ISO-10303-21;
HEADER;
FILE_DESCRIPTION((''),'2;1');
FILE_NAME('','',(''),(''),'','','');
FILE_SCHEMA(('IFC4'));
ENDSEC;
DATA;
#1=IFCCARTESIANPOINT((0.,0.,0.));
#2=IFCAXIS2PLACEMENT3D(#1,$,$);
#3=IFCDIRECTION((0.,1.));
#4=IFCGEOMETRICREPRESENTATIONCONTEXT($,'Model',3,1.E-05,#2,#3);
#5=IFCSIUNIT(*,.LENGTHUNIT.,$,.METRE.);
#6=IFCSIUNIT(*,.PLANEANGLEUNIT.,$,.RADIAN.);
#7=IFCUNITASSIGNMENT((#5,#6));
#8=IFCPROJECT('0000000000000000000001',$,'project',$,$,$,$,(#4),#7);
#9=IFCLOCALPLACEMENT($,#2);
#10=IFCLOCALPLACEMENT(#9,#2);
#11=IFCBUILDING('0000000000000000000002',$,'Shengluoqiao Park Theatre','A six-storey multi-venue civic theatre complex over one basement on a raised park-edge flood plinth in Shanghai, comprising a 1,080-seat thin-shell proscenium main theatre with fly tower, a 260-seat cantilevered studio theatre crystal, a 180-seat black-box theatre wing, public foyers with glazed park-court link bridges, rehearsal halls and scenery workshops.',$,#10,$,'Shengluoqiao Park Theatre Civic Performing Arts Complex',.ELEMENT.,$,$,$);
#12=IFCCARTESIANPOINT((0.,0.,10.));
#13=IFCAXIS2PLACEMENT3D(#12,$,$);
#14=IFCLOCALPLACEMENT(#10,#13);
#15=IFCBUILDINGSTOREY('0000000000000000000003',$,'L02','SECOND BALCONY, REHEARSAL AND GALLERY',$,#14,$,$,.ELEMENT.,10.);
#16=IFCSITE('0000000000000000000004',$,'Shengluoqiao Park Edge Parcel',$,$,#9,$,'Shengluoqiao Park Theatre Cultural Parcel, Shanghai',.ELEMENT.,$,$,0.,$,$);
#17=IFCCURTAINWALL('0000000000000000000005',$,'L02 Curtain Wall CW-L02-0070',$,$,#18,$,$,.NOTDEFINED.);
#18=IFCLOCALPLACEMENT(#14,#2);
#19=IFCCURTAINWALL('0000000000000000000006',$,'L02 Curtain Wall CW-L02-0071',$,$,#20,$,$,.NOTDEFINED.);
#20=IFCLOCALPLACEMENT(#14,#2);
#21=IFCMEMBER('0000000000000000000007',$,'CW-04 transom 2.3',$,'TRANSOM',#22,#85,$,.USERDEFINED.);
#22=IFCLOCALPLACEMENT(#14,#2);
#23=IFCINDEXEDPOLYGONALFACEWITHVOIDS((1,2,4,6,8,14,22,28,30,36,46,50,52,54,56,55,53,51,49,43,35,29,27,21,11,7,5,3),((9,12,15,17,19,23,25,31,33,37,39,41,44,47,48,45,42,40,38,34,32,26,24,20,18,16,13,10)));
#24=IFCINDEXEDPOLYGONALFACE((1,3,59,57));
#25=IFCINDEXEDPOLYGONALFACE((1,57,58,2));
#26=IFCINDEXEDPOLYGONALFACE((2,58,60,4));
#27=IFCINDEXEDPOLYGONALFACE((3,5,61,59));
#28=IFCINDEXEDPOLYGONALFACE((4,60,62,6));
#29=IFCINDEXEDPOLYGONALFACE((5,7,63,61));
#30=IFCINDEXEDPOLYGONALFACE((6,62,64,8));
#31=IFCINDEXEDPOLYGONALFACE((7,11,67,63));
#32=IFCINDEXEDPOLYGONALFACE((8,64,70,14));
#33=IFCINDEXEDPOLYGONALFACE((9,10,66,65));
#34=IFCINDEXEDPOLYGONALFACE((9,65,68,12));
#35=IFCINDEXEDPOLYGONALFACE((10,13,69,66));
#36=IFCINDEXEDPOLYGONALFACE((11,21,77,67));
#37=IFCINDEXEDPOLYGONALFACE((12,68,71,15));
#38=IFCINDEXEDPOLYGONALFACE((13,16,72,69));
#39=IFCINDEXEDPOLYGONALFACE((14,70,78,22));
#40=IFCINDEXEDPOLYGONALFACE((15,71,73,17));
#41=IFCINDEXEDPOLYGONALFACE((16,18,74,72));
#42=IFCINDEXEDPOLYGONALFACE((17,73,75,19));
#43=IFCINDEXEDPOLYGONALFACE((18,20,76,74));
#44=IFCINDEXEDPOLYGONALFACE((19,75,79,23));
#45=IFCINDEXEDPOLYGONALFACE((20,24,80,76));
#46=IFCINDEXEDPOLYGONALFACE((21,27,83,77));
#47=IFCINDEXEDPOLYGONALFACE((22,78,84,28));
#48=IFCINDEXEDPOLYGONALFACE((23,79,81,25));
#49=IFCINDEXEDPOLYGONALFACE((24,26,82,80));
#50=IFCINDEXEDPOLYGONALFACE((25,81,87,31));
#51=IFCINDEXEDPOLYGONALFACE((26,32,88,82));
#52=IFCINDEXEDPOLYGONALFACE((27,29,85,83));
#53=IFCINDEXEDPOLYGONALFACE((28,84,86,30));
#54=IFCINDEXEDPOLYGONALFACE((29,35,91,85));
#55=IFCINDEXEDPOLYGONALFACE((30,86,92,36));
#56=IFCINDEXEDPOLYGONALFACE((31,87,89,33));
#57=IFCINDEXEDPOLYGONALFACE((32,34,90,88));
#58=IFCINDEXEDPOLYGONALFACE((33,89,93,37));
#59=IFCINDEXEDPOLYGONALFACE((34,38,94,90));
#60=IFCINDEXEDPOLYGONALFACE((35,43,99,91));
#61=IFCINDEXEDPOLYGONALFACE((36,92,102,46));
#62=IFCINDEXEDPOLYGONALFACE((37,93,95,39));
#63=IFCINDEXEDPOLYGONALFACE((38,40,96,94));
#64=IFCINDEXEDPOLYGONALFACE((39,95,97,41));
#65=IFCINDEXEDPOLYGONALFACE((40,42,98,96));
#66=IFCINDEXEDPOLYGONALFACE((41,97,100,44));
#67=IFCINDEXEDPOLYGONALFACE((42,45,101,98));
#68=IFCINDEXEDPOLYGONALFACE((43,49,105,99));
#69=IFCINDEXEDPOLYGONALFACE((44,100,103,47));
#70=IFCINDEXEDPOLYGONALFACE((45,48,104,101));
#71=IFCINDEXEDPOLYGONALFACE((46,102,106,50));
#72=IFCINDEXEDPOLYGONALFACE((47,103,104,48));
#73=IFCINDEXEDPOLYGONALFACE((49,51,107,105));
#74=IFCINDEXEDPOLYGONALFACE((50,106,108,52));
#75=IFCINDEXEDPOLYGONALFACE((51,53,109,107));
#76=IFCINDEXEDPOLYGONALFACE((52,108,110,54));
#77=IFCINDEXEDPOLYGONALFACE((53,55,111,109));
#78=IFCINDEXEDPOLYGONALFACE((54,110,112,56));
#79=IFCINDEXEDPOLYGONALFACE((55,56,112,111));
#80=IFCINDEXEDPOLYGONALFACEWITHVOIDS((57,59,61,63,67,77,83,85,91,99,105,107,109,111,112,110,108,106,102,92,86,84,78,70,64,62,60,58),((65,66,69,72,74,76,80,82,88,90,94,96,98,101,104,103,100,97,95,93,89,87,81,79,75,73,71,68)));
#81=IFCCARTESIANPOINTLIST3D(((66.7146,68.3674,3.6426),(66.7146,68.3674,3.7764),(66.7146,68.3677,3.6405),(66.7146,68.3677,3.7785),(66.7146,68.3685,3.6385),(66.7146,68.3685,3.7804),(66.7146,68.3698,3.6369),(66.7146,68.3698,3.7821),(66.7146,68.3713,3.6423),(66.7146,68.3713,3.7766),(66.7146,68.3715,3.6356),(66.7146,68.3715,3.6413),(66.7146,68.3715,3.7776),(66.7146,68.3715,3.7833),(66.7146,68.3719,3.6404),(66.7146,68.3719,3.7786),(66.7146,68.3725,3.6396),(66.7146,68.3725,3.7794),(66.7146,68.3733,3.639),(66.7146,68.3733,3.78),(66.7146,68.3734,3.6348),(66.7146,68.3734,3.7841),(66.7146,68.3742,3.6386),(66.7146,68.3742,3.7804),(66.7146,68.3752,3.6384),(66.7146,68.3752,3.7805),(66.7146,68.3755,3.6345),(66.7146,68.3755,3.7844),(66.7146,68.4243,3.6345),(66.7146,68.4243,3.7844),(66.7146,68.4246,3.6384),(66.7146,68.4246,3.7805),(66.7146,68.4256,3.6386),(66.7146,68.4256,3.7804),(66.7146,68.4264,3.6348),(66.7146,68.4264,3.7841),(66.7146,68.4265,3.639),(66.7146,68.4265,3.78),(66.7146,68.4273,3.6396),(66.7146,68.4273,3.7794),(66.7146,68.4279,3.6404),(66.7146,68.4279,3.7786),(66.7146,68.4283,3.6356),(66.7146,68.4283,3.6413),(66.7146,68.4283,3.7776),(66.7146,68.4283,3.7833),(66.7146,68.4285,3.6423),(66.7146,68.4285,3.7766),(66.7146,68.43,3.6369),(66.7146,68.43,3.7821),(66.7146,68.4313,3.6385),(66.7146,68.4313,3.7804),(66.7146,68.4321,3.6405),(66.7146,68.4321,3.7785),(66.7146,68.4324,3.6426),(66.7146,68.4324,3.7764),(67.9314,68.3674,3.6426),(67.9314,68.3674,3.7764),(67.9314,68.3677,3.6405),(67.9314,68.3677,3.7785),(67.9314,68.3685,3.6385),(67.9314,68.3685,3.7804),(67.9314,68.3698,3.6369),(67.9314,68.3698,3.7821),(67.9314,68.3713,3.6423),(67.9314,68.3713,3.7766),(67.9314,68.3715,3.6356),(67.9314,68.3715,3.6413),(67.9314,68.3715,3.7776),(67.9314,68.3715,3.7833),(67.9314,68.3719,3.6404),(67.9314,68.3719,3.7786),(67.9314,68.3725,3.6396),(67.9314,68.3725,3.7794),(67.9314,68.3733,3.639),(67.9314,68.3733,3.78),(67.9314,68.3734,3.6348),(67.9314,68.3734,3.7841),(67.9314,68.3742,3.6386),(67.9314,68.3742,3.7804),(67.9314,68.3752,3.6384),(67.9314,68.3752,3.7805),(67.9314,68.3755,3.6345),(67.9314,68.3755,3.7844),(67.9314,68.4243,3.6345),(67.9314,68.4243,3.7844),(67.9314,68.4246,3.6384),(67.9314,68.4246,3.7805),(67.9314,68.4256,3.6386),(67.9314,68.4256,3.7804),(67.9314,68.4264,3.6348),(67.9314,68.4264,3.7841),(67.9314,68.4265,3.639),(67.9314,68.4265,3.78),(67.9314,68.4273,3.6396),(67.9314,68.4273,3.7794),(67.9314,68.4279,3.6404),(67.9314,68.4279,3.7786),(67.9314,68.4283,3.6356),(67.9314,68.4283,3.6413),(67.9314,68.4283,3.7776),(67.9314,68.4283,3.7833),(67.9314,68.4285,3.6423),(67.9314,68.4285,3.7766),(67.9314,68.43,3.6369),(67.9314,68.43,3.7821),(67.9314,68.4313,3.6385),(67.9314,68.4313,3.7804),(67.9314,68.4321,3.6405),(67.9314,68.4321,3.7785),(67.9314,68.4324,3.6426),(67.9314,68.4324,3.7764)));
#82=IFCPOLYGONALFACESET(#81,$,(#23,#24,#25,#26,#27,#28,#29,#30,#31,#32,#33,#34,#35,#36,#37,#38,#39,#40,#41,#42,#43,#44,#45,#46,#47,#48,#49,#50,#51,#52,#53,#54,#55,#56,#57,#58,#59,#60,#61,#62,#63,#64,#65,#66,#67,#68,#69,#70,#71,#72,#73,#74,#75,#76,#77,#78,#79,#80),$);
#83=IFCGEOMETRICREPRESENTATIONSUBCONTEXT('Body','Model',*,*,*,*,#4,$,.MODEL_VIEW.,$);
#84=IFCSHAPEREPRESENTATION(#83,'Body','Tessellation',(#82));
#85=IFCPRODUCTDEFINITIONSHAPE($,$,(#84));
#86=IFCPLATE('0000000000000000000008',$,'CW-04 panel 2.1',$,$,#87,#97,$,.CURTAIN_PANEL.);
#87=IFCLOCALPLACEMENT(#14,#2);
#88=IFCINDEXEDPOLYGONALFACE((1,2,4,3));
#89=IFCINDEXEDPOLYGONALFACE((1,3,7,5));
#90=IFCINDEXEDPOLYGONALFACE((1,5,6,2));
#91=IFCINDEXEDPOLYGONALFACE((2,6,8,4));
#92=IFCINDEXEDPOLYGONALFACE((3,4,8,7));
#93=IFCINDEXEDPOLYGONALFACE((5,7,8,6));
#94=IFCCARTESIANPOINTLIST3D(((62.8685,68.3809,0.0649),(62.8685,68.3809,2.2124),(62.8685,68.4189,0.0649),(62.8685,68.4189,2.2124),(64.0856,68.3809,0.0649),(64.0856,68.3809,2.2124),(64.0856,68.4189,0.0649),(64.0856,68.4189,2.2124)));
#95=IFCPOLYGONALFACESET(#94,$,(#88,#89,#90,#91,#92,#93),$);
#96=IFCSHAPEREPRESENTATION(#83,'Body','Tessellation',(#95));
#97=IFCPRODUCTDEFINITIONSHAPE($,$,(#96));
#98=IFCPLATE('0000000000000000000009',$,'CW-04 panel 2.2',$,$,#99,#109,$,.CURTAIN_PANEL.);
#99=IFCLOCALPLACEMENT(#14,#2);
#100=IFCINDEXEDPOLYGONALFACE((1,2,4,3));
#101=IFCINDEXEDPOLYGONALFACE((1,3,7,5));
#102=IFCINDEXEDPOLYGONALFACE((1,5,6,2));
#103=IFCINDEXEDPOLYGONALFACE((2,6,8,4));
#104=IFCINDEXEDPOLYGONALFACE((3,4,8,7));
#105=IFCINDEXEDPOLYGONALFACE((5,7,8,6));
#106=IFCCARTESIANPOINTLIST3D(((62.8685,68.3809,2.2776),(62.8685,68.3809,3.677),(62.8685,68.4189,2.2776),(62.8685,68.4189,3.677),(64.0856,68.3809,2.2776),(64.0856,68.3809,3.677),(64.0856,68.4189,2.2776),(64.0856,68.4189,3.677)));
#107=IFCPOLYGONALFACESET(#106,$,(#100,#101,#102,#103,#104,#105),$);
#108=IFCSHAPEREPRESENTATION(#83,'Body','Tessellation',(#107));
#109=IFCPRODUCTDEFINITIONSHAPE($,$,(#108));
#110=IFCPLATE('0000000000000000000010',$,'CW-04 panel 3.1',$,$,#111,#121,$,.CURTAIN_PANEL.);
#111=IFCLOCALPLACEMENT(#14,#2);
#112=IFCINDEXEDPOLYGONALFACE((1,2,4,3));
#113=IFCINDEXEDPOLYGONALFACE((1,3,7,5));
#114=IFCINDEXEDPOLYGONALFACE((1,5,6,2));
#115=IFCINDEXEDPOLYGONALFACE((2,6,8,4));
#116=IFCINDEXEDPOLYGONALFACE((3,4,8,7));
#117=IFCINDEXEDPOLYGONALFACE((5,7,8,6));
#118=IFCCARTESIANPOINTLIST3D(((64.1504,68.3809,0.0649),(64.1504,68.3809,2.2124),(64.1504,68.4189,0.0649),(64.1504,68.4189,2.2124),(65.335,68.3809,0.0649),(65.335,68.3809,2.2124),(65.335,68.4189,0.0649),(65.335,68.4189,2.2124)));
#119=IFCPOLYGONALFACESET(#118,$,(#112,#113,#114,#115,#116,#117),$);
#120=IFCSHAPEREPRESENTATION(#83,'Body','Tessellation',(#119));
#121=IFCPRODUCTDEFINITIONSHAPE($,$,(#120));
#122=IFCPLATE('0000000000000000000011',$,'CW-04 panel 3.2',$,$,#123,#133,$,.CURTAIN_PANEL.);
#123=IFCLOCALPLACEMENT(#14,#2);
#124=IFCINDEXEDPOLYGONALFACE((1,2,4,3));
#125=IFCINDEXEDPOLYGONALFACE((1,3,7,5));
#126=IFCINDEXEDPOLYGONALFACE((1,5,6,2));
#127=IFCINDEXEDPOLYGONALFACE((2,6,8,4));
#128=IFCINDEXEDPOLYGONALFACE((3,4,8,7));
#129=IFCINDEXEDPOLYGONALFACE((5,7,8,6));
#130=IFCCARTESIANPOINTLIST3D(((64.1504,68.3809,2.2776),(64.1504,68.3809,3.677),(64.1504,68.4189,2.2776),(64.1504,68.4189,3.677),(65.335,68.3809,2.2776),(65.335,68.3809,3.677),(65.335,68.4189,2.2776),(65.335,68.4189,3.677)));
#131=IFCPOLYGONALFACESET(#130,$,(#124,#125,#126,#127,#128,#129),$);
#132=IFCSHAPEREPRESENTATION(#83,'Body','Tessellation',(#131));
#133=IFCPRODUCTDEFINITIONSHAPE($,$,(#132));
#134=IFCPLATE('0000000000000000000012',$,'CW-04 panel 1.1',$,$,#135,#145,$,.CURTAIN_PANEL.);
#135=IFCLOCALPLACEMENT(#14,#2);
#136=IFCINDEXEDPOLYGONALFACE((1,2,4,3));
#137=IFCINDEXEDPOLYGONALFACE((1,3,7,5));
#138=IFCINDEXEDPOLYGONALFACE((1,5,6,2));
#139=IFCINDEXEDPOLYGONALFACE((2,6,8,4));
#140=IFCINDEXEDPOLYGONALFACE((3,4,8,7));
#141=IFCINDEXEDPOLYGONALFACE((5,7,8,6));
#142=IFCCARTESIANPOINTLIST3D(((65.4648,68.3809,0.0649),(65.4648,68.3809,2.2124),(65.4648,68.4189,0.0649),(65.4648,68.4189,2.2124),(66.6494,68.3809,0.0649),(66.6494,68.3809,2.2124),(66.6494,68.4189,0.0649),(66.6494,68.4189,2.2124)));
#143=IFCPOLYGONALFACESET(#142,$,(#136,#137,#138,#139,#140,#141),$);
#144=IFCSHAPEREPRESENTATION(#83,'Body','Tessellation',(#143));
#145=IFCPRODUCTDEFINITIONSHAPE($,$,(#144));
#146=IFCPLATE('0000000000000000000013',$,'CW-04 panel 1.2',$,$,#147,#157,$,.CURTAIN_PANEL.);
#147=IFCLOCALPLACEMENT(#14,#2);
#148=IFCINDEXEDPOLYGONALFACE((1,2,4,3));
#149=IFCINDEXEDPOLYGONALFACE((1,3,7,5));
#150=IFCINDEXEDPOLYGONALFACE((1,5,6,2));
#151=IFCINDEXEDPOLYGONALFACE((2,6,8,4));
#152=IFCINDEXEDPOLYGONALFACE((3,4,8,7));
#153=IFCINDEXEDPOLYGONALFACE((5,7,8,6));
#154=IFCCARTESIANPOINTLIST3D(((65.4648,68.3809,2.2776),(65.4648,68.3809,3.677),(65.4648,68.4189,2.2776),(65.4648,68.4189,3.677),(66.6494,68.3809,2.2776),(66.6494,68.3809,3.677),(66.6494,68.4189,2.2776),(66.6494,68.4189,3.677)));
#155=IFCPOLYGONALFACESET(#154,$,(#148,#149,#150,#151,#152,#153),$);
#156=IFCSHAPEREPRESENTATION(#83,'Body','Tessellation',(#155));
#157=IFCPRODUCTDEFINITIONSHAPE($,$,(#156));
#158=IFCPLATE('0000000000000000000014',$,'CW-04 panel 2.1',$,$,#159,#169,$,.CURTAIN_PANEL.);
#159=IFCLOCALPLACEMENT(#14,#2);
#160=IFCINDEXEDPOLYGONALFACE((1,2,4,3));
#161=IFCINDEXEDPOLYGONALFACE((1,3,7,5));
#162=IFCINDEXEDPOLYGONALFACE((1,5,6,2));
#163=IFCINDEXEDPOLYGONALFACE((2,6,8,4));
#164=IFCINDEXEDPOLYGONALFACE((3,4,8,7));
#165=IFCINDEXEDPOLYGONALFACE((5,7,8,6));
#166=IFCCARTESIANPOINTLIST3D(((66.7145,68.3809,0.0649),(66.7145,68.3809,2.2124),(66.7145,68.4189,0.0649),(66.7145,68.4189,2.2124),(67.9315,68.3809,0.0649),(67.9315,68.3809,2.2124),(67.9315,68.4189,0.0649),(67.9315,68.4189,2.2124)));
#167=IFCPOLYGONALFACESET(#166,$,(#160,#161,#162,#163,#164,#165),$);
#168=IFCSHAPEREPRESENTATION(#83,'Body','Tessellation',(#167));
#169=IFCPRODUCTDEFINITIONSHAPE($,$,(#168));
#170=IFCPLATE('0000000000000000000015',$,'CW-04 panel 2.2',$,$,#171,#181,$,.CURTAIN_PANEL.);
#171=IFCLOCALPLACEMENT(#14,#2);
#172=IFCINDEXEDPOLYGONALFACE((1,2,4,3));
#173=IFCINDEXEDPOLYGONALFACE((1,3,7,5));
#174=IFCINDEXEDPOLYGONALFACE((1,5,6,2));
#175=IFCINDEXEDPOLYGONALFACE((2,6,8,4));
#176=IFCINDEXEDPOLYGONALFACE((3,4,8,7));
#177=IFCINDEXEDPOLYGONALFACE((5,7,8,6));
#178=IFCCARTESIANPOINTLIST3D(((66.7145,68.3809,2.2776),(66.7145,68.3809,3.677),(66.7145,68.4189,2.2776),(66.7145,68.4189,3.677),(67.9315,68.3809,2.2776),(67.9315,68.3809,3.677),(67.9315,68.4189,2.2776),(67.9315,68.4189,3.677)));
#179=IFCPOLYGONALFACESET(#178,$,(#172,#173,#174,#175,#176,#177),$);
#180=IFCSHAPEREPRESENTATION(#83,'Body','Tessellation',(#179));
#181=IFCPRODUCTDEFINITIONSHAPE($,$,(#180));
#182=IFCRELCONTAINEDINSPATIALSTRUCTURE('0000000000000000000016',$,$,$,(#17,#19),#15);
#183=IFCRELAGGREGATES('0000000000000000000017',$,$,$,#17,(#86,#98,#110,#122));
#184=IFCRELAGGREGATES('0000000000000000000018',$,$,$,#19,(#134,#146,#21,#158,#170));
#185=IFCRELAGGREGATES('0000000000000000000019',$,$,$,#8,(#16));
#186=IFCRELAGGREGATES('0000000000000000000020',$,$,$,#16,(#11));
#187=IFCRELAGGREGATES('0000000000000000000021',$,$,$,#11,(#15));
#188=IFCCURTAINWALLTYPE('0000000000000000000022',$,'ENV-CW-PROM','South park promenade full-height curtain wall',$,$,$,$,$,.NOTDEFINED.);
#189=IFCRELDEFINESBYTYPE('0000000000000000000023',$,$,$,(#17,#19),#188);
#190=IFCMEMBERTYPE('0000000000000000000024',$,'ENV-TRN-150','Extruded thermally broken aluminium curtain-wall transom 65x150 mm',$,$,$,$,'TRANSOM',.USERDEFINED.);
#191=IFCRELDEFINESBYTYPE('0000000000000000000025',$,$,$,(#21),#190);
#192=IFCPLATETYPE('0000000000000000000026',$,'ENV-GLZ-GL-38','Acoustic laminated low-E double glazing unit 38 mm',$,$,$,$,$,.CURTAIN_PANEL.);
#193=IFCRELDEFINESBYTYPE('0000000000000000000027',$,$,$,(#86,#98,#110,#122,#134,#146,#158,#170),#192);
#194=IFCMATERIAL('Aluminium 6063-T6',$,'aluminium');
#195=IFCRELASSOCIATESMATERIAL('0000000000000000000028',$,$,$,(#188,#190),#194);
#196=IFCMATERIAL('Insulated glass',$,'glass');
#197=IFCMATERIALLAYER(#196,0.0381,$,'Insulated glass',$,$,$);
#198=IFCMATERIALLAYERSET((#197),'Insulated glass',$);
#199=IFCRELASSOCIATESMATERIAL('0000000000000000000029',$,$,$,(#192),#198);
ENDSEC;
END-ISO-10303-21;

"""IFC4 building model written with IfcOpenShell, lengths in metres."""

from ifc_helpers import new_model, si_unit, direction, frame, origin, origin_2d, place, context, subcontext, project, spatial, rectangle, hollow_rectangle, extrude, material, layer, layer_set, material_profile, profile_set, type_object, element, aggregate, save


model = new_model("IFC4")

# Units and contexts
model_context = context("Model", 3, precision=1e-05, world=origin(), true_north=direction((0.0, 1.0)))
body_context = subcontext(model_context, "Body", "Model", "MODEL_VIEW")
ifc_project = project(units=[si_unit("LENGTHUNIT", "METRE"), si_unit("PLANEANGLEUNIT", "RADIAN")], contexts=[model_context])

# Site, building, storey
site_placement = place(None, origin())
site = spatial("IfcSite", under=ifc_project, at=site_placement, Name="Shengluoqiao Park Edge Parcel", LongName="Shengluoqiao Park Theatre Cultural Parcel, Shanghai", CompositionType="ELEMENT", RefElevation=0.0)
building_placement = place(site_placement, origin())
building = spatial("IfcBuilding", under=site, at=building_placement, Name="Shengluoqiao Park Theatre", Description="A six-storey multi-venue civic theatre complex over one basement on a raised park-edge flood plinth in Shanghai, comprising a 1,080-seat thin-shell proscenium main theatre with fly tower, a 260-seat cantilevered studio theatre crystal, a 180-seat black-box theatre wing, public foyers with glazed park-court link bridges, rehearsal halls and scenery workshops.", LongName="Shengluoqiao Park Theatre Civic Performing Arts Complex", CompositionType="ELEMENT")
storey_placement = place(building_placement, frame((0.0, 0.0, 10.0)))
storey = spatial("IfcBuildingStorey", under=building, at=storey_placement, Name="L02", Description="SECOND BALCONY, REHEARSAL AND GALLERY", CompositionType="ELEMENT", Elevation=10.0)

# Curtain walls
ifc_material_1 = material(Name="Aluminium 6063-T6", Category="aluminium")
curtain_wall_type = type_object("IfcCurtainWallType", Name="ENV-CW-PROM", Description="South park promenade full-height curtain wall", PredefinedType="NOTDEFINED", material=ifc_material_1)
curtain_wall_1_placement = place(storey_placement, origin())
curtain_wall_1 = element("IfcCurtainWall", 1, at=curtain_wall_1_placement, inside=storey, type_object=curtain_wall_type, Name="L02 Curtain Wall CW-L02-0070", PredefinedType="NOTDEFINED")
curtain_wall_2_placement = place(storey_placement, origin())
curtain_wall_2 = element("IfcCurtainWall", 2, at=curtain_wall_2_placement, inside=storey, type_object=curtain_wall_type, Name="L02 Curtain Wall CW-L02-0071", PredefinedType="NOTDEFINED")

# Member
ifc_material_profile_1 = material_profile(ifc_material_1, hollow_rectangle(XDim=0.0649, YDim=0.1499, WallThickness=0.0039, InnerFilletRadius=0.0039, OuterFilletRadius=0.0081, at=origin_2d()), Name="ALU TRANSOM 150x65x4")
ifc_profile_set_1 = profile_set([ifc_material_profile_1], Name="Aluminium 6063-T6")
member_type_1 = type_object("IfcMemberType", Name="ENV-TRN-150", Description="Extruded thermally broken aluminium curtain-wall transom 65x150 mm", ElementType="TRANSOM", PredefinedType="USERDEFINED", material=ifc_profile_set_1)
member_1_placement = place(storey_placement, frame((66.7146, 68.3999, 3.7095), z_axis=(1.0, 0.0, 0.0), x_axis=(0.0, 1.0, 0.0)))
member_1 = element("IfcMember", 3, at=member_1_placement, type_object=member_type_1, Name="CW-04 transom 2.3", ObjectType="TRANSOM", PredefinedType="USERDEFINED", context=body_context, shape_type="SweptSolid", body=[
    extrude(hollow_rectangle(XDim=0.0649, YDim=0.1499, WallThickness=0.0039, InnerFilletRadius=0.0039, OuterFilletRadius=0.0081, at=origin_2d()), origin(), (0.0, 0.0, 1.0), 1.2168),
])

# Plates
ifc_material_2 = material(Name="Insulated glass", Category="glass")
ifc_layer = layer(ifc_material_2, 0.0381, Name="Insulated glass")
ifc_layer_set = layer_set([ifc_layer], Name="Insulated glass")
plate_type = type_object("IfcPlateType", Name="ENV-GLZ-GL-38", Description="Acoustic laminated low-E double glazing unit 38 mm", PredefinedType="CURTAIN_PANEL", material=ifc_layer_set)
plate_1_placement = place(storey_placement, frame((63.4771, 68.3999, 0.0649), z_axis=(0.0, 0.0, 1.0), x_axis=(1.0, 0.0, 0.0)))
plate_1 = element("IfcPlate", 4, at=plate_1_placement, type_object=plate_type, Name="CW-04 panel 2.1", PredefinedType="CURTAIN_PANEL", context=body_context, shape_type="SweptSolid", body=[
    extrude(rectangle(XDim=1.217, YDim=0.0381, at=origin_2d()), origin(), (0.0, 0.0, 1.0), 2.1475),
])
plate_2_placement = place(storey_placement, frame((63.4771, 68.3999, 2.2776), z_axis=(0.0, 0.0, 1.0), x_axis=(1.0, 0.0, 0.0)))
plate_2 = element("IfcPlate", 5, at=plate_2_placement, type_object=plate_type, Name="CW-04 panel 2.2", PredefinedType="CURTAIN_PANEL", context=body_context, shape_type="SweptSolid", body=[
    extrude(rectangle(XDim=1.217, YDim=0.0381, at=origin_2d()), origin(), (0.0, 0.0, 1.0), 1.3994),
])
plate_3_placement = place(storey_placement, frame((64.7427, 68.3999, 0.0649), z_axis=(0.0, 0.0, 1.0), x_axis=(1.0, 0.0, 0.0)))
plate_3 = element("IfcPlate", 6, at=plate_3_placement, type_object=plate_type, Name="CW-04 panel 3.1", PredefinedType="CURTAIN_PANEL", context=body_context, shape_type="SweptSolid", body=[
    extrude(rectangle(XDim=1.1846, YDim=0.0381, at=origin_2d()), origin(), (0.0, 0.0, 1.0), 2.1475),
])
plate_4_placement = place(storey_placement, frame((64.7427, 68.3999, 2.2776), z_axis=(0.0, 0.0, 1.0), x_axis=(1.0, 0.0, 0.0)))
plate_4 = element("IfcPlate", 7, at=plate_4_placement, type_object=plate_type, Name="CW-04 panel 3.2", PredefinedType="CURTAIN_PANEL", context=body_context, shape_type="SweptSolid", body=[
    extrude(rectangle(XDim=1.1846, YDim=0.0381, at=origin_2d()), origin(), (0.0, 0.0, 1.0), 1.3994),
])
aggregate(curtain_wall_1, [plate_1, plate_2, plate_3, plate_4])
plate_5_placement = place(storey_placement, frame((66.0571, 68.3999, 0.0649), z_axis=(0.0, 0.0, 1.0), x_axis=(1.0, 0.0, 0.0)))
plate_5 = element("IfcPlate", 8, at=plate_5_placement, type_object=plate_type, Name="CW-04 panel 1.1", PredefinedType="CURTAIN_PANEL", context=body_context, shape_type="SweptSolid", body=[
    extrude(rectangle(XDim=1.1846, YDim=0.0381, at=origin_2d()), origin(), (0.0, 0.0, 1.0), 2.1475),
])
plate_6_placement = place(storey_placement, frame((66.0571, 68.3999, 2.2776), z_axis=(0.0, 0.0, 1.0), x_axis=(1.0, 0.0, 0.0)))
plate_6 = element("IfcPlate", 9, at=plate_6_placement, type_object=plate_type, Name="CW-04 panel 1.2", PredefinedType="CURTAIN_PANEL", context=body_context, shape_type="SweptSolid", body=[
    extrude(rectangle(XDim=1.1846, YDim=0.0381, at=origin_2d()), origin(), (0.0, 0.0, 1.0), 1.3994),
])
plate_7_placement = place(storey_placement, frame((67.323, 68.3999, 0.0649), z_axis=(0.0, 0.0, 1.0), x_axis=(1.0, 0.0, 0.0)))
plate_7 = element("IfcPlate", 10, at=plate_7_placement, type_object=plate_type, Name="CW-04 panel 2.1", PredefinedType="CURTAIN_PANEL", context=body_context, shape_type="SweptSolid", body=[
    extrude(rectangle(XDim=1.217, YDim=0.0381, at=origin_2d()), origin(), (0.0, 0.0, 1.0), 2.1475),
])
plate_8_placement = place(storey_placement, frame((67.323, 68.3999, 2.2776), z_axis=(0.0, 0.0, 1.0), x_axis=(1.0, 0.0, 0.0)))
plate_8 = element("IfcPlate", 11, at=plate_8_placement, type_object=plate_type, Name="CW-04 panel 2.2", PredefinedType="CURTAIN_PANEL", context=body_context, shape_type="SweptSolid", body=[
    extrude(rectangle(XDim=1.217, YDim=0.0381, at=origin_2d()), origin(), (0.0, 0.0, 1.0), 1.3994),
])
aggregate(curtain_wall_2, [plate_5, plate_6, member_1, plate_7, plate_8])

save(model, "model.ifc")
